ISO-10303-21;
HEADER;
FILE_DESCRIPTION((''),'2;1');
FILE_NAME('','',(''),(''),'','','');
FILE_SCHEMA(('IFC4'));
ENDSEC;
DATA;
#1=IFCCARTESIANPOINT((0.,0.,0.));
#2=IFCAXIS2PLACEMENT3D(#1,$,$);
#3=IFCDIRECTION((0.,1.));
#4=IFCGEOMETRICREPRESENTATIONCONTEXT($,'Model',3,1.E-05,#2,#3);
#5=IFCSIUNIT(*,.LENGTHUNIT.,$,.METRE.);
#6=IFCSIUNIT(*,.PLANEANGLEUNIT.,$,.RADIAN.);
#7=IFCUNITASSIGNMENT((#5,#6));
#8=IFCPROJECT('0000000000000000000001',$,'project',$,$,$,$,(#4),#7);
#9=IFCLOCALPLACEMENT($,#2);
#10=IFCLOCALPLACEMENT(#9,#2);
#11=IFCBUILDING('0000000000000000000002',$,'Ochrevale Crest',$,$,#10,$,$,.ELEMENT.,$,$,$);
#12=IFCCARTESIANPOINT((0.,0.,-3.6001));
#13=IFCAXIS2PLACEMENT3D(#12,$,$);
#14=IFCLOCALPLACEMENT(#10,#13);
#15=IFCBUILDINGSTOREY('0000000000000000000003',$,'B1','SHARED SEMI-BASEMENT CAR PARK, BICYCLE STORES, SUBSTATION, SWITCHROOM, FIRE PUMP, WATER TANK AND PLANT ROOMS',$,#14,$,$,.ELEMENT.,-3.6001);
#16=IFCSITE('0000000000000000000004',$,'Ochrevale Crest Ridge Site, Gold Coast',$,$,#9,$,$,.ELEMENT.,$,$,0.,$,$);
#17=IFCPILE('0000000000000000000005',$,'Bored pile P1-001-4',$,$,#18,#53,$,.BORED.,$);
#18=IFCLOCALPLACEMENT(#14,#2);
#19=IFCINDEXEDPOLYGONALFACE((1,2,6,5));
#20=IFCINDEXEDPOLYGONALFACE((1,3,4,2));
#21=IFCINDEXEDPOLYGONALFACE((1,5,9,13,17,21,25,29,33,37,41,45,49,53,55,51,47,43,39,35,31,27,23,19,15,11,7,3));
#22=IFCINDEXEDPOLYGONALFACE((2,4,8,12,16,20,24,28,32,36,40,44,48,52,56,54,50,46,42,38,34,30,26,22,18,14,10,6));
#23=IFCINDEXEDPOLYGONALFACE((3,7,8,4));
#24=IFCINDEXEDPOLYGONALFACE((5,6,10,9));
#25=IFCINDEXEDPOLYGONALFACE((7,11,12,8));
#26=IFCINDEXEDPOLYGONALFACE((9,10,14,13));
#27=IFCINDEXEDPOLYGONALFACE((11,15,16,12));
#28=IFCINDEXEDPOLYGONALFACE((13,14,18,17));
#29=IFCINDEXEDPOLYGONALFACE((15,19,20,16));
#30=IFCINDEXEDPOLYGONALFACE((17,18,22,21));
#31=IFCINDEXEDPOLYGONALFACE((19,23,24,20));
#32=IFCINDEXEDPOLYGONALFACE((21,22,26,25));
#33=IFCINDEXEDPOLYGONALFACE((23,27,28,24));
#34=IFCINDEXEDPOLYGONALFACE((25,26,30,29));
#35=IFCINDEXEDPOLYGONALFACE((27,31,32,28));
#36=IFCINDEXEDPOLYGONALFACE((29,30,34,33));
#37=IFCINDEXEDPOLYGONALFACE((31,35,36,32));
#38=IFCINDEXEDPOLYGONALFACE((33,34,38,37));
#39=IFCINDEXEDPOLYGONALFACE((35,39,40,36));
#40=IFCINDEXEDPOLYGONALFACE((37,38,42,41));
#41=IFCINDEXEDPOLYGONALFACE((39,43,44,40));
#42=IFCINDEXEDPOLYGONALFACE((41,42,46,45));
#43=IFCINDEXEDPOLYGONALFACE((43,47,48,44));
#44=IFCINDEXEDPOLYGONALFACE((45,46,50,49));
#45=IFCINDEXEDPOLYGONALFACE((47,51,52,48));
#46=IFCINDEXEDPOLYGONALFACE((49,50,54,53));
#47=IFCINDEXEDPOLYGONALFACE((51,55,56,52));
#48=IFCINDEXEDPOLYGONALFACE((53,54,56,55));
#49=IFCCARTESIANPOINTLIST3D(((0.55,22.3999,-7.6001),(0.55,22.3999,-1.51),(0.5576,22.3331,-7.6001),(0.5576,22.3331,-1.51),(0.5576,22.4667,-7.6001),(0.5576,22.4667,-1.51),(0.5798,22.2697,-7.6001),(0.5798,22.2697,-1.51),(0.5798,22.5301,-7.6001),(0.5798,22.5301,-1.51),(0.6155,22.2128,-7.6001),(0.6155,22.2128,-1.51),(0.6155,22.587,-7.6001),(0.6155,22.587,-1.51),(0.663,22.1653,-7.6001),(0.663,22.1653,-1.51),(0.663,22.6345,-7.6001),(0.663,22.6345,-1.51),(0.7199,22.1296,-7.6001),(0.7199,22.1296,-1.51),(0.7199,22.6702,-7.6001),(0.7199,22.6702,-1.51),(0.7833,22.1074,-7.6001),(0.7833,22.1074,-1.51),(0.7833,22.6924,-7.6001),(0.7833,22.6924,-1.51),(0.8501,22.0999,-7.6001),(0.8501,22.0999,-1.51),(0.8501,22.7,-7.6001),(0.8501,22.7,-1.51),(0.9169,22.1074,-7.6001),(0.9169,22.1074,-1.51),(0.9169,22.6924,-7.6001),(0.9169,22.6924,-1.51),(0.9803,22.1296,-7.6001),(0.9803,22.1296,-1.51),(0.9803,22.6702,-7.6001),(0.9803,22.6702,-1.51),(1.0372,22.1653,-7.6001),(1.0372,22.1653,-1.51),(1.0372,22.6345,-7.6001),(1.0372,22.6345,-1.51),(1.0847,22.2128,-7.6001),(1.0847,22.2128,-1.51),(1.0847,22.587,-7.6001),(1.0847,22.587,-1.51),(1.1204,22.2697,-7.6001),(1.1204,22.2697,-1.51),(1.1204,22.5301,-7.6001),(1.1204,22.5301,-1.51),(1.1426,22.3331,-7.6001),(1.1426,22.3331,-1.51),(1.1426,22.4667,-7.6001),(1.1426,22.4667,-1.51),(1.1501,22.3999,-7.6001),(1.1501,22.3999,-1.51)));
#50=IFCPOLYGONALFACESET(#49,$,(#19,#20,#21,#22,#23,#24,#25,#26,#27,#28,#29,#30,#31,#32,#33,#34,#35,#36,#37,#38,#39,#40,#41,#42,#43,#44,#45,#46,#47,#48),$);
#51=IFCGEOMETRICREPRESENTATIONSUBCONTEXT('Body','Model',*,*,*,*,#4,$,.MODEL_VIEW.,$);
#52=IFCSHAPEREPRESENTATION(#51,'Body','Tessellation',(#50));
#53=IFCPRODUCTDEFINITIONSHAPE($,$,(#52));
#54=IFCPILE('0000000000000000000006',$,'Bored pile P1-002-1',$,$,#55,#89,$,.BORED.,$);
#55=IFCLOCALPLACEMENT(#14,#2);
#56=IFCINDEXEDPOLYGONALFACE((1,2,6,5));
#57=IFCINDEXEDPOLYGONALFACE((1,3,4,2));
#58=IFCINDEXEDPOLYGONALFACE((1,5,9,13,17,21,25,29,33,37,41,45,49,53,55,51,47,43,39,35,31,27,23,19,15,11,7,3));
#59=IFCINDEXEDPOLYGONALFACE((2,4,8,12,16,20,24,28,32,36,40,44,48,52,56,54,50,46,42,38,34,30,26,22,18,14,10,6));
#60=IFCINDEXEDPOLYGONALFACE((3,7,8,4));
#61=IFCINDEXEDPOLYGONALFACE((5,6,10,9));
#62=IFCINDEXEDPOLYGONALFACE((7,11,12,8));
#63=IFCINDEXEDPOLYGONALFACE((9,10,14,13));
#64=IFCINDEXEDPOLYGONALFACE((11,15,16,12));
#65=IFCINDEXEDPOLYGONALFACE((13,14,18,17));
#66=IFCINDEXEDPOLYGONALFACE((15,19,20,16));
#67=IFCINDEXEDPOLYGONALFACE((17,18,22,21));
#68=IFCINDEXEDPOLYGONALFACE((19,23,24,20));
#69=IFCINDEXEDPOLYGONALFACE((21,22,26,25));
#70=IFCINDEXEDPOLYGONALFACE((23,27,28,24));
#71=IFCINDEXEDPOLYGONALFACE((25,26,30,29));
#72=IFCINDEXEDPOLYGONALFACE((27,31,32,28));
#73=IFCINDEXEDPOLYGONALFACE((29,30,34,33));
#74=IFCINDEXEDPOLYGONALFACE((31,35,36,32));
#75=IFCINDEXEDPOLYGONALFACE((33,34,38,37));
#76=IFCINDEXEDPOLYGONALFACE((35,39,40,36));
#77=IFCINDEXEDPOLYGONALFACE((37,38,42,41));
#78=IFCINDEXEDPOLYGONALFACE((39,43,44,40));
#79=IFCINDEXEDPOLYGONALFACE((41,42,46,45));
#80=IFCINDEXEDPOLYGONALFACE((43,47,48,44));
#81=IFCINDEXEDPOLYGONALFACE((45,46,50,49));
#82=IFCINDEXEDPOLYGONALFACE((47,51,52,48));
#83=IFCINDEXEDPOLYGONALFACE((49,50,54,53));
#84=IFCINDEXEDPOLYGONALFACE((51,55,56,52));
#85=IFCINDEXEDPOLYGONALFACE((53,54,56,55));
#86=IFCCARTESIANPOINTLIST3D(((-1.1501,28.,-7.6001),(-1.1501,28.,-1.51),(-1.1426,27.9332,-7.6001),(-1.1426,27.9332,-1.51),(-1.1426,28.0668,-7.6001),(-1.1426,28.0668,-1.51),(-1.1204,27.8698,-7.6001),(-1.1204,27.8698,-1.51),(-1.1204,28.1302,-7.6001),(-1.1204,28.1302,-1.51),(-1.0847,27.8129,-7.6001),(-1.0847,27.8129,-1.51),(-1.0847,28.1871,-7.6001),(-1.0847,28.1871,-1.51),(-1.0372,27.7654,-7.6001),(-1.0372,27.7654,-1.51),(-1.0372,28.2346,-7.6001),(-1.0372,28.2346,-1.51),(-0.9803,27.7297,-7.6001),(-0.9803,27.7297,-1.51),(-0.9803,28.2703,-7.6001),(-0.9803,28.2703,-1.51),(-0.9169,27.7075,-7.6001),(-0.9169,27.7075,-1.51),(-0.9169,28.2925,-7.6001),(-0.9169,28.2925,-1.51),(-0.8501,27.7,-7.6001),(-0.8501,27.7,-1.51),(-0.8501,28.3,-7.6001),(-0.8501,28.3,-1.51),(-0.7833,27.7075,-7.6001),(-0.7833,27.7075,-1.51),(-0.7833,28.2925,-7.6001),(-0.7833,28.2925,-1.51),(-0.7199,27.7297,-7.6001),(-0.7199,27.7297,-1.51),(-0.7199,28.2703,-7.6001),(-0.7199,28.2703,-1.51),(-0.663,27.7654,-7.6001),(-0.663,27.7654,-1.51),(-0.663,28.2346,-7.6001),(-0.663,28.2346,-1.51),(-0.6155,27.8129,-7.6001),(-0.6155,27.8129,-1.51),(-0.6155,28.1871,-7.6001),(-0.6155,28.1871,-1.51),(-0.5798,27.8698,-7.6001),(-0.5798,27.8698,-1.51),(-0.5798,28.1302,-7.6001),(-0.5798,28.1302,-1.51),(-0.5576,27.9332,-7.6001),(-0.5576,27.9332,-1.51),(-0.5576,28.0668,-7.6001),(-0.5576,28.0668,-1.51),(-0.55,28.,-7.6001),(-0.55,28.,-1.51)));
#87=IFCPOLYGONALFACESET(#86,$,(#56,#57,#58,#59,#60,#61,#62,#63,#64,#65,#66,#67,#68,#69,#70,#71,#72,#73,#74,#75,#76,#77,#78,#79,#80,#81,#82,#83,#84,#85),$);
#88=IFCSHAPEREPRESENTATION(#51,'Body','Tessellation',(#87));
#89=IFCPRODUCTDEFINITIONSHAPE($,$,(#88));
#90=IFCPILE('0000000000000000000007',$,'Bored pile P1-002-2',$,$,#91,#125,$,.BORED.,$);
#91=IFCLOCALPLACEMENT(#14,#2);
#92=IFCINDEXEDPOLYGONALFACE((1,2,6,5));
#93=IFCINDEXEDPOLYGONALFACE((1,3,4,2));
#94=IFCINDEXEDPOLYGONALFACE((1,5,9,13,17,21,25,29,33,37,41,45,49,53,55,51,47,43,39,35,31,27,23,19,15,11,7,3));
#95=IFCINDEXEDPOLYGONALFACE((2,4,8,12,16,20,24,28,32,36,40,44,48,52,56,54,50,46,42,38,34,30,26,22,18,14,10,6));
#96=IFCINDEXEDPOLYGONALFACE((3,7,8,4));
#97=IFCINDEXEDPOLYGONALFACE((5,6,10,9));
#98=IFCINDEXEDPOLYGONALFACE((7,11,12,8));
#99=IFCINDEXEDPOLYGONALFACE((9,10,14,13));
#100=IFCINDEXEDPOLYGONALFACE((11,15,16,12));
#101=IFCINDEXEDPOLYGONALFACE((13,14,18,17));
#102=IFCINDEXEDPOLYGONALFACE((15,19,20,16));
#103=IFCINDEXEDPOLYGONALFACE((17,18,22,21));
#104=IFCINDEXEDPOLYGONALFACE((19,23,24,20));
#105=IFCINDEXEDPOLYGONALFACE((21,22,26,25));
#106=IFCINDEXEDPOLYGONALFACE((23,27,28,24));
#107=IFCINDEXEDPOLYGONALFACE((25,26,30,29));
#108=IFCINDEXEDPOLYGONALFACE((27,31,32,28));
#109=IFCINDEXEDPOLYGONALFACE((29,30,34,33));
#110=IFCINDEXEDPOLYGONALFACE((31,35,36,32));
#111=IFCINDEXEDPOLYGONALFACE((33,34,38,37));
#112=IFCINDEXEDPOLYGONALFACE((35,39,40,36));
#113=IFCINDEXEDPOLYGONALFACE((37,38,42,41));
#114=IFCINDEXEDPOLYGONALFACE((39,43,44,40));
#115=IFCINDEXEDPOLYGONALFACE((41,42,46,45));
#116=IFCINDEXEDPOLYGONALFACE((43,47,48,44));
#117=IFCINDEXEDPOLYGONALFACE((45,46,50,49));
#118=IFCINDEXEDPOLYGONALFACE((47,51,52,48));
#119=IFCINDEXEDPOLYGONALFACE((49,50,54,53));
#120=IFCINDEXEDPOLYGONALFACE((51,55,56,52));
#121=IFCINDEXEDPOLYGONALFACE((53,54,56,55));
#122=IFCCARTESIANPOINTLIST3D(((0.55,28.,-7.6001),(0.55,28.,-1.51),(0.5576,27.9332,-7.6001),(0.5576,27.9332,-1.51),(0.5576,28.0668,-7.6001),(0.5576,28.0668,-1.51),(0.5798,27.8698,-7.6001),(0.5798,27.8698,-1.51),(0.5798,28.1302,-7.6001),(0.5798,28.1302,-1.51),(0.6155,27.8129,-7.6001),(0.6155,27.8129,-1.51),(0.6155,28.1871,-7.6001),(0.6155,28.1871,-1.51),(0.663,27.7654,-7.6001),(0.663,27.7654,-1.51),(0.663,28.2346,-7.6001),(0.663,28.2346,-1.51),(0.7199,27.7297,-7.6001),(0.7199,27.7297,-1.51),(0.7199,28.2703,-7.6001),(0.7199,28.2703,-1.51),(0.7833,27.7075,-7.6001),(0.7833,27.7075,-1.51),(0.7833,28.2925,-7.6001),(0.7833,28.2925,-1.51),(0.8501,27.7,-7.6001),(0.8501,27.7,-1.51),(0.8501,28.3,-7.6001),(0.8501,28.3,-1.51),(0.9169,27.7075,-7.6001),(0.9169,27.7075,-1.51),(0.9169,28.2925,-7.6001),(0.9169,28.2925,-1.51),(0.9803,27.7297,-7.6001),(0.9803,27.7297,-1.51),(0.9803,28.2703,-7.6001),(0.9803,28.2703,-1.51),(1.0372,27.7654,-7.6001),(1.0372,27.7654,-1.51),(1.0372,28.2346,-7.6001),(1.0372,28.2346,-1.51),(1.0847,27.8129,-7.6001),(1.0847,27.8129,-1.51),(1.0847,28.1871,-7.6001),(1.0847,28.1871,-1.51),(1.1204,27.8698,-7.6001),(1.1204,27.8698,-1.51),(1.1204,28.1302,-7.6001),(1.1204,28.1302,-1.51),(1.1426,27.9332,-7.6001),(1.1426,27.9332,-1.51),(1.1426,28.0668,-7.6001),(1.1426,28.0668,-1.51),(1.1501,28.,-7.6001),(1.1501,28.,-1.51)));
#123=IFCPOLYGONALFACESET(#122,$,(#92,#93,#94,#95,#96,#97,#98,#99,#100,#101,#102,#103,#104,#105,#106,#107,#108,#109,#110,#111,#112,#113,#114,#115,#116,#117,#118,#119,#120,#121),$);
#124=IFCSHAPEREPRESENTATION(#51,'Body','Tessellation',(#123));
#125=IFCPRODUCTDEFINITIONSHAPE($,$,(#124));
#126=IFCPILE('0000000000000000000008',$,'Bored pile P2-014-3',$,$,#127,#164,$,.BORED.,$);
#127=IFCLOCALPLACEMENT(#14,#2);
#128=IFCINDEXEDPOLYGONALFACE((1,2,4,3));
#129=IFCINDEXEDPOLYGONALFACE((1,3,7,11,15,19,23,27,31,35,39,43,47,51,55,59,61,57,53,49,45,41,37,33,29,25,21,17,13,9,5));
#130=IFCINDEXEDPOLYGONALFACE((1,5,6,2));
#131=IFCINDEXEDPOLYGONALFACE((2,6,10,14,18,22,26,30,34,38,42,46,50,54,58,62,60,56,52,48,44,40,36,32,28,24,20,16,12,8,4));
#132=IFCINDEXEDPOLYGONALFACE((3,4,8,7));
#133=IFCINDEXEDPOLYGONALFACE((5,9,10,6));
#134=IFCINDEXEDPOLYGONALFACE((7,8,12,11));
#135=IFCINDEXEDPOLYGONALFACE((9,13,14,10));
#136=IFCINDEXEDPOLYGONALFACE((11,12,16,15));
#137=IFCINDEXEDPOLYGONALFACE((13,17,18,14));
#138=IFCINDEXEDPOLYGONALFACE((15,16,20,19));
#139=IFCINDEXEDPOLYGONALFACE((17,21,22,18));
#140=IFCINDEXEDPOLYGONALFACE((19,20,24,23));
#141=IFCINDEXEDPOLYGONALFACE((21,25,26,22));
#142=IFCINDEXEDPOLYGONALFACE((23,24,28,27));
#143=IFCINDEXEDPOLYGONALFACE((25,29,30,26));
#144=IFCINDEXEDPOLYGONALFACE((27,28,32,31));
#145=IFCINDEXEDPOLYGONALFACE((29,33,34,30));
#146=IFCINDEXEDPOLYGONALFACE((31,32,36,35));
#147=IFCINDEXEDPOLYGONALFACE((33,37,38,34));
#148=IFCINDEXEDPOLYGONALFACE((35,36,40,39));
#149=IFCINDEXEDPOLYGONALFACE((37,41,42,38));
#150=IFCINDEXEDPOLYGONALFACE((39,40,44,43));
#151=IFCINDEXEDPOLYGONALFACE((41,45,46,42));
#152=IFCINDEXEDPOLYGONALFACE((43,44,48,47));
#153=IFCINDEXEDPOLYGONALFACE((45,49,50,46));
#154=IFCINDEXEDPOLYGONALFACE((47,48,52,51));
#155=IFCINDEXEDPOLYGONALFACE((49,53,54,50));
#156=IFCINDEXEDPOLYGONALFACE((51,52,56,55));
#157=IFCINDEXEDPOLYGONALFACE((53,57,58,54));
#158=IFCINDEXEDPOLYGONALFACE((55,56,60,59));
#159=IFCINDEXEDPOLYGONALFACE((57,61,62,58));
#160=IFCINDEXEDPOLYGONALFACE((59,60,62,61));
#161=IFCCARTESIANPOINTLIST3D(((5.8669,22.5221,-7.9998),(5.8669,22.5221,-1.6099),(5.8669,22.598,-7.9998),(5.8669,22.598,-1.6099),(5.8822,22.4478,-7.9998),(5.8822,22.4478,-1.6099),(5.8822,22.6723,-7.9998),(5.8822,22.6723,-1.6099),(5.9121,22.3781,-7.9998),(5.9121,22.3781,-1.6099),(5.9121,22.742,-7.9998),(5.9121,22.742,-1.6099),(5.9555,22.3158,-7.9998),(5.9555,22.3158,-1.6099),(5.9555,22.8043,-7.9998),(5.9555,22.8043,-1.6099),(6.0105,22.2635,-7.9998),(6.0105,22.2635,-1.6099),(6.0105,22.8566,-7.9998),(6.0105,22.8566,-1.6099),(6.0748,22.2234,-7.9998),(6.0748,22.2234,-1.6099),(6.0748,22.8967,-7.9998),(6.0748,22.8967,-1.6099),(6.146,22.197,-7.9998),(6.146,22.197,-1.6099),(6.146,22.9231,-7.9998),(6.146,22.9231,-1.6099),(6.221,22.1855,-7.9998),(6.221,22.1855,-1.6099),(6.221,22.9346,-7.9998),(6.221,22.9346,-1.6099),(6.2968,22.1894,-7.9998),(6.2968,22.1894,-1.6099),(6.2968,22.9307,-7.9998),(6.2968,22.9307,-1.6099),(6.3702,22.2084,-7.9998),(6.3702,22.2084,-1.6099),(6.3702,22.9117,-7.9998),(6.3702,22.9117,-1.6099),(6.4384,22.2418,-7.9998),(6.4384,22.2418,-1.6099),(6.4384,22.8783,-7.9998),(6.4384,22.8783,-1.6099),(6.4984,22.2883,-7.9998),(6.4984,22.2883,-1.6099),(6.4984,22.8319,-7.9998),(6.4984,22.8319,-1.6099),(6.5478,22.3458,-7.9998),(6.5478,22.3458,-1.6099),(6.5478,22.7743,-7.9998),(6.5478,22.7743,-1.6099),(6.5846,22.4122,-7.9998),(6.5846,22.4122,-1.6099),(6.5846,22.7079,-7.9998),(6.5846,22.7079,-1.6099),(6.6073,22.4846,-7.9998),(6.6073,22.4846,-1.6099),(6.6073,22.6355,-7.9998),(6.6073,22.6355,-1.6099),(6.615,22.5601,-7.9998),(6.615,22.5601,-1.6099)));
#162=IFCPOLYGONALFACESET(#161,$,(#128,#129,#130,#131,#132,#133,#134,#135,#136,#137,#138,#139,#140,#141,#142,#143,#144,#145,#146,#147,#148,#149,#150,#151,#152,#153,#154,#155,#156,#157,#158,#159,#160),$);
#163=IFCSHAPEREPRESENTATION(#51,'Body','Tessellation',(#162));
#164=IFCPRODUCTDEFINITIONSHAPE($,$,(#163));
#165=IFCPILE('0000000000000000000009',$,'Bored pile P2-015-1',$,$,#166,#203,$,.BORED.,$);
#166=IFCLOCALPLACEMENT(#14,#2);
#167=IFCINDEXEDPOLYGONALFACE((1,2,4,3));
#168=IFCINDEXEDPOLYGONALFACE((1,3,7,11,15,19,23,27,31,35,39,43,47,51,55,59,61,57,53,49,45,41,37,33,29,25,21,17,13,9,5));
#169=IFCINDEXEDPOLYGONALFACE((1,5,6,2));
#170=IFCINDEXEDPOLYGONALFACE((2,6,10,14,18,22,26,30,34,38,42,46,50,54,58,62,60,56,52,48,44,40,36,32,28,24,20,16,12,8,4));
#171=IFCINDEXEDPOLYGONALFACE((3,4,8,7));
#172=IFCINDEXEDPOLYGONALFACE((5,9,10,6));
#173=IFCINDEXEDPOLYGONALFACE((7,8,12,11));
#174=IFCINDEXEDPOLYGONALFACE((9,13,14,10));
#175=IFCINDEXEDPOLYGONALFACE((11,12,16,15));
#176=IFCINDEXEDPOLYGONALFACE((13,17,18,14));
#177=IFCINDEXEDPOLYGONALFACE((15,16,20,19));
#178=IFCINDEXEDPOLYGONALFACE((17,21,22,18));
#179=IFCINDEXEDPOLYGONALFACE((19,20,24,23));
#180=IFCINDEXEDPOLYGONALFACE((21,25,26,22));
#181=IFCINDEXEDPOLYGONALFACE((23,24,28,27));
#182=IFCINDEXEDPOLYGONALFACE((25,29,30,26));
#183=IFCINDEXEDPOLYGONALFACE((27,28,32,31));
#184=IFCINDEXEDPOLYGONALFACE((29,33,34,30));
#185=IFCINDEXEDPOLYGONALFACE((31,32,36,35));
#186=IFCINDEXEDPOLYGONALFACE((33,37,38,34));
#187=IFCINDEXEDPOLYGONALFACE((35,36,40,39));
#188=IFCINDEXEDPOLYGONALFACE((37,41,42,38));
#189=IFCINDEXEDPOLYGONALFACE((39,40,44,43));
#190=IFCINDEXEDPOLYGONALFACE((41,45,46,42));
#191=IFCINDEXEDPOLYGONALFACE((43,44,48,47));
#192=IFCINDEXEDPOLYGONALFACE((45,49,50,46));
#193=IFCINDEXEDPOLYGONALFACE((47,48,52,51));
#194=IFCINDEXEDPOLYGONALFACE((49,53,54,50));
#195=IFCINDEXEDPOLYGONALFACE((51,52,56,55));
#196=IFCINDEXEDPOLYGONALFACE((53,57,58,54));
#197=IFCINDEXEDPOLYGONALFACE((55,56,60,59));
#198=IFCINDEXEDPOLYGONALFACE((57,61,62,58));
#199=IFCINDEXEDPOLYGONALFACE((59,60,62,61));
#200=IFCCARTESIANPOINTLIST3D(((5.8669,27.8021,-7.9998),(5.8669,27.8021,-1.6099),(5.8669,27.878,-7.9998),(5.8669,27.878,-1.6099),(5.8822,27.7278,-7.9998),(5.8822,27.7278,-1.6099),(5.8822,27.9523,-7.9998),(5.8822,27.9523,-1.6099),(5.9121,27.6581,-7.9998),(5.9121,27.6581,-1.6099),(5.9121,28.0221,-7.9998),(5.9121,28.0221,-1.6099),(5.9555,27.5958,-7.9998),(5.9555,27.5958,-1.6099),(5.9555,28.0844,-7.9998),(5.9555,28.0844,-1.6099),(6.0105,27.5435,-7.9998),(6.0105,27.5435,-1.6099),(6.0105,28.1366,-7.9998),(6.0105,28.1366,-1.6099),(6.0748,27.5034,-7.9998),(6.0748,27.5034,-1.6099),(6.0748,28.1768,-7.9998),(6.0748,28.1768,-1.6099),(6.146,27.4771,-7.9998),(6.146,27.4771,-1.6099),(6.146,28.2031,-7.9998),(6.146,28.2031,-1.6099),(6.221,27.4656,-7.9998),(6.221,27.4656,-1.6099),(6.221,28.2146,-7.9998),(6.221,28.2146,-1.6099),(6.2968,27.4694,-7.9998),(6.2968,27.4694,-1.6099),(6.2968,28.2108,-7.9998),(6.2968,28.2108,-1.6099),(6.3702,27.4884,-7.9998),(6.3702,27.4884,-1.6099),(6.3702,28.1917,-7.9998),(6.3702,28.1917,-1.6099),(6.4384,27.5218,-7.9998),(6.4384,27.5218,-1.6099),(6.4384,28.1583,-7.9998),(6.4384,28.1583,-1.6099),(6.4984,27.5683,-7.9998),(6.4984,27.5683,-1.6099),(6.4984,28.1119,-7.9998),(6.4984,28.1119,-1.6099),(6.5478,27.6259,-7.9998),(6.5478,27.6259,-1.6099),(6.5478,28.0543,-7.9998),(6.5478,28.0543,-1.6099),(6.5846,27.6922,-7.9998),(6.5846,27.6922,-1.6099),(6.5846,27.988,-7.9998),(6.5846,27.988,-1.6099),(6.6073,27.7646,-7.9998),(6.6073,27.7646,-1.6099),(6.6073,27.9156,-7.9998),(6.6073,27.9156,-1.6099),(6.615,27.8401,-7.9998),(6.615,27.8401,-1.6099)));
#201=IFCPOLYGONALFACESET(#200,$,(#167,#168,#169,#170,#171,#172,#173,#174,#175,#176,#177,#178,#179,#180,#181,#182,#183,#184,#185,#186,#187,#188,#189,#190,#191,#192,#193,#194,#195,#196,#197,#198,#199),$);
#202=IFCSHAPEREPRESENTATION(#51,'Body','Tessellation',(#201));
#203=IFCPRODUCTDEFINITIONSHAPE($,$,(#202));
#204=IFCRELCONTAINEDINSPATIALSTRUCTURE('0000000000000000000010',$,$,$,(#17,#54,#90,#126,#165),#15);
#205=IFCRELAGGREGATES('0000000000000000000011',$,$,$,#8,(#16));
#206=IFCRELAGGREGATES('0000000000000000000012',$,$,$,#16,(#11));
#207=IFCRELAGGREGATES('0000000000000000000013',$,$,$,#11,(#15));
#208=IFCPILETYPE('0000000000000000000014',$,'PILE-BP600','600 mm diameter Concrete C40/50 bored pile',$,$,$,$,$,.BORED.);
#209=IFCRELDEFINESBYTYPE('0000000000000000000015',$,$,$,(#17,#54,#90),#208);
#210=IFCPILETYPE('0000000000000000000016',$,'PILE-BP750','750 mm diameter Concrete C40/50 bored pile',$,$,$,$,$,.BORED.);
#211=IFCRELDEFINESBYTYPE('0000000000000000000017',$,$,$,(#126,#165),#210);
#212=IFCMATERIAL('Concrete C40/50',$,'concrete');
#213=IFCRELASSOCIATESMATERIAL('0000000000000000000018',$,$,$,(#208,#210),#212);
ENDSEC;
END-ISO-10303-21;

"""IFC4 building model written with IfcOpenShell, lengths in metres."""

from ifc_helpers import new_model, si_unit, direction, frame, origin, origin_2d, place, context, subcontext, project, spatial, circle, extrude, material, material_profile, profile_set, type_object, element, save


model = new_model("IFC4")

# Units and contexts
model_context = context("Model", 3, precision=1e-05, world=origin(), true_north=direction((0.0, 1.0)))
body_context = subcontext(model_context, "Body", "Model", "MODEL_VIEW")
ifc_project = project(units=[si_unit("LENGTHUNIT", "METRE"), si_unit("PLANEANGLEUNIT", "RADIAN")], contexts=[model_context])

# Site, building, storey
site_placement = place(None, origin())
site = spatial("IfcSite", under=ifc_project, at=site_placement, Name="Ochrevale Crest Ridge Site, Gold Coast", CompositionType="ELEMENT", RefElevation=0.0)
building_placement = place(site_placement, origin())
building = spatial("IfcBuilding", under=site, at=building_placement, Name="Ochrevale Crest", CompositionType="ELEMENT")
storey_placement = place(building_placement, frame((0.0, 0.0, -3.6001)))
storey = spatial("IfcBuildingStorey", under=building, at=storey_placement, Name="B1", Description="SHARED SEMI-BASEMENT CAR PARK, BICYCLE STORES, SUBSTATION, SWITCHROOM, FIRE PUMP, WATER TANK AND PLANT ROOMS", CompositionType="ELEMENT", Elevation=-3.6001)

# Shared definitions
ifc_material_1 = material(Name="Concrete C40/50", Category="concrete")

# Piles
ifc_material_profile_1 = material_profile(ifc_material_1, circle(Radius=0.3, at=origin_2d()), Name="BORED PILE 600")
ifc_profile_set_1 = profile_set([ifc_material_profile_1], Name="Concrete C40/50")
pile_type_1 = type_object("IfcPileType", Name="PILE-BP600", Description="600 mm diameter Concrete C40/50 bored pile", PredefinedType="BORED", material=ifc_profile_set_1)
for number, where, z_axis, x_axis, name in (
    (1, (0.8501, 22.3999, -1.51), (0.0, 0.0, -1.0), (1.0, 0.0, 0.0), "Bored pile P1-001-4"),
    (2, (-0.8501, 28.0, -1.51), (0.0, 0.0, -1.0), (1.0, 0.0, 0.0), "Bored pile P1-002-1"),
    (3, (0.8501, 28.0, -1.51), (0.0, 0.0, -1.0), (1.0, 0.0, 0.0), "Bored pile P1-002-2"),
):
    element("IfcPile", number, at=place(storey_placement, frame(where, z_axis=z_axis, x_axis=x_axis)), inside=storey, type_object=pile_type_1, Name=name, PredefinedType="BORED", context=body_context, shape_type="SweptSolid", body=[
        extrude(circle(Radius=0.3, at=origin_2d()), origin(), (0.0, 0.0, 1.0), 6.0901),
    ])
ifc_material_profile_2 = material_profile(ifc_material_1, circle(Radius=0.375, at=origin_2d()), Name="BORED PILE 750")
ifc_profile_set_2 = profile_set([ifc_material_profile_2], Name="Concrete C40/50")
pile_type_2 = type_object("IfcPileType", Name="PILE-BP750", Description="750 mm diameter Concrete C40/50 bored pile", PredefinedType="BORED", material=ifc_profile_set_2)
for number, where, z_axis, x_axis, name in (
    (4, (6.24, 22.5601, -1.6099), (0.0, 0.0, -1.0), (1.0, 0.0, 0.0), "Bored pile P2-014-3"),
    (5, (6.24, 27.8401, -1.6099), (0.0, 0.0, -1.0), (1.0, 0.0, 0.0), "Bored pile P2-015-1"),
):
    element("IfcPile", number, at=place(storey_placement, frame(where, z_axis=z_axis, x_axis=x_axis)), inside=storey, type_object=pile_type_2, Name=name, PredefinedType="BORED", context=body_context, shape_type="SweptSolid", body=[
        extrude(circle(Radius=0.375, at=origin_2d()), origin(), (0.0, 0.0, 1.0), 6.3899),
    ])

save(model, "model.ifc")
